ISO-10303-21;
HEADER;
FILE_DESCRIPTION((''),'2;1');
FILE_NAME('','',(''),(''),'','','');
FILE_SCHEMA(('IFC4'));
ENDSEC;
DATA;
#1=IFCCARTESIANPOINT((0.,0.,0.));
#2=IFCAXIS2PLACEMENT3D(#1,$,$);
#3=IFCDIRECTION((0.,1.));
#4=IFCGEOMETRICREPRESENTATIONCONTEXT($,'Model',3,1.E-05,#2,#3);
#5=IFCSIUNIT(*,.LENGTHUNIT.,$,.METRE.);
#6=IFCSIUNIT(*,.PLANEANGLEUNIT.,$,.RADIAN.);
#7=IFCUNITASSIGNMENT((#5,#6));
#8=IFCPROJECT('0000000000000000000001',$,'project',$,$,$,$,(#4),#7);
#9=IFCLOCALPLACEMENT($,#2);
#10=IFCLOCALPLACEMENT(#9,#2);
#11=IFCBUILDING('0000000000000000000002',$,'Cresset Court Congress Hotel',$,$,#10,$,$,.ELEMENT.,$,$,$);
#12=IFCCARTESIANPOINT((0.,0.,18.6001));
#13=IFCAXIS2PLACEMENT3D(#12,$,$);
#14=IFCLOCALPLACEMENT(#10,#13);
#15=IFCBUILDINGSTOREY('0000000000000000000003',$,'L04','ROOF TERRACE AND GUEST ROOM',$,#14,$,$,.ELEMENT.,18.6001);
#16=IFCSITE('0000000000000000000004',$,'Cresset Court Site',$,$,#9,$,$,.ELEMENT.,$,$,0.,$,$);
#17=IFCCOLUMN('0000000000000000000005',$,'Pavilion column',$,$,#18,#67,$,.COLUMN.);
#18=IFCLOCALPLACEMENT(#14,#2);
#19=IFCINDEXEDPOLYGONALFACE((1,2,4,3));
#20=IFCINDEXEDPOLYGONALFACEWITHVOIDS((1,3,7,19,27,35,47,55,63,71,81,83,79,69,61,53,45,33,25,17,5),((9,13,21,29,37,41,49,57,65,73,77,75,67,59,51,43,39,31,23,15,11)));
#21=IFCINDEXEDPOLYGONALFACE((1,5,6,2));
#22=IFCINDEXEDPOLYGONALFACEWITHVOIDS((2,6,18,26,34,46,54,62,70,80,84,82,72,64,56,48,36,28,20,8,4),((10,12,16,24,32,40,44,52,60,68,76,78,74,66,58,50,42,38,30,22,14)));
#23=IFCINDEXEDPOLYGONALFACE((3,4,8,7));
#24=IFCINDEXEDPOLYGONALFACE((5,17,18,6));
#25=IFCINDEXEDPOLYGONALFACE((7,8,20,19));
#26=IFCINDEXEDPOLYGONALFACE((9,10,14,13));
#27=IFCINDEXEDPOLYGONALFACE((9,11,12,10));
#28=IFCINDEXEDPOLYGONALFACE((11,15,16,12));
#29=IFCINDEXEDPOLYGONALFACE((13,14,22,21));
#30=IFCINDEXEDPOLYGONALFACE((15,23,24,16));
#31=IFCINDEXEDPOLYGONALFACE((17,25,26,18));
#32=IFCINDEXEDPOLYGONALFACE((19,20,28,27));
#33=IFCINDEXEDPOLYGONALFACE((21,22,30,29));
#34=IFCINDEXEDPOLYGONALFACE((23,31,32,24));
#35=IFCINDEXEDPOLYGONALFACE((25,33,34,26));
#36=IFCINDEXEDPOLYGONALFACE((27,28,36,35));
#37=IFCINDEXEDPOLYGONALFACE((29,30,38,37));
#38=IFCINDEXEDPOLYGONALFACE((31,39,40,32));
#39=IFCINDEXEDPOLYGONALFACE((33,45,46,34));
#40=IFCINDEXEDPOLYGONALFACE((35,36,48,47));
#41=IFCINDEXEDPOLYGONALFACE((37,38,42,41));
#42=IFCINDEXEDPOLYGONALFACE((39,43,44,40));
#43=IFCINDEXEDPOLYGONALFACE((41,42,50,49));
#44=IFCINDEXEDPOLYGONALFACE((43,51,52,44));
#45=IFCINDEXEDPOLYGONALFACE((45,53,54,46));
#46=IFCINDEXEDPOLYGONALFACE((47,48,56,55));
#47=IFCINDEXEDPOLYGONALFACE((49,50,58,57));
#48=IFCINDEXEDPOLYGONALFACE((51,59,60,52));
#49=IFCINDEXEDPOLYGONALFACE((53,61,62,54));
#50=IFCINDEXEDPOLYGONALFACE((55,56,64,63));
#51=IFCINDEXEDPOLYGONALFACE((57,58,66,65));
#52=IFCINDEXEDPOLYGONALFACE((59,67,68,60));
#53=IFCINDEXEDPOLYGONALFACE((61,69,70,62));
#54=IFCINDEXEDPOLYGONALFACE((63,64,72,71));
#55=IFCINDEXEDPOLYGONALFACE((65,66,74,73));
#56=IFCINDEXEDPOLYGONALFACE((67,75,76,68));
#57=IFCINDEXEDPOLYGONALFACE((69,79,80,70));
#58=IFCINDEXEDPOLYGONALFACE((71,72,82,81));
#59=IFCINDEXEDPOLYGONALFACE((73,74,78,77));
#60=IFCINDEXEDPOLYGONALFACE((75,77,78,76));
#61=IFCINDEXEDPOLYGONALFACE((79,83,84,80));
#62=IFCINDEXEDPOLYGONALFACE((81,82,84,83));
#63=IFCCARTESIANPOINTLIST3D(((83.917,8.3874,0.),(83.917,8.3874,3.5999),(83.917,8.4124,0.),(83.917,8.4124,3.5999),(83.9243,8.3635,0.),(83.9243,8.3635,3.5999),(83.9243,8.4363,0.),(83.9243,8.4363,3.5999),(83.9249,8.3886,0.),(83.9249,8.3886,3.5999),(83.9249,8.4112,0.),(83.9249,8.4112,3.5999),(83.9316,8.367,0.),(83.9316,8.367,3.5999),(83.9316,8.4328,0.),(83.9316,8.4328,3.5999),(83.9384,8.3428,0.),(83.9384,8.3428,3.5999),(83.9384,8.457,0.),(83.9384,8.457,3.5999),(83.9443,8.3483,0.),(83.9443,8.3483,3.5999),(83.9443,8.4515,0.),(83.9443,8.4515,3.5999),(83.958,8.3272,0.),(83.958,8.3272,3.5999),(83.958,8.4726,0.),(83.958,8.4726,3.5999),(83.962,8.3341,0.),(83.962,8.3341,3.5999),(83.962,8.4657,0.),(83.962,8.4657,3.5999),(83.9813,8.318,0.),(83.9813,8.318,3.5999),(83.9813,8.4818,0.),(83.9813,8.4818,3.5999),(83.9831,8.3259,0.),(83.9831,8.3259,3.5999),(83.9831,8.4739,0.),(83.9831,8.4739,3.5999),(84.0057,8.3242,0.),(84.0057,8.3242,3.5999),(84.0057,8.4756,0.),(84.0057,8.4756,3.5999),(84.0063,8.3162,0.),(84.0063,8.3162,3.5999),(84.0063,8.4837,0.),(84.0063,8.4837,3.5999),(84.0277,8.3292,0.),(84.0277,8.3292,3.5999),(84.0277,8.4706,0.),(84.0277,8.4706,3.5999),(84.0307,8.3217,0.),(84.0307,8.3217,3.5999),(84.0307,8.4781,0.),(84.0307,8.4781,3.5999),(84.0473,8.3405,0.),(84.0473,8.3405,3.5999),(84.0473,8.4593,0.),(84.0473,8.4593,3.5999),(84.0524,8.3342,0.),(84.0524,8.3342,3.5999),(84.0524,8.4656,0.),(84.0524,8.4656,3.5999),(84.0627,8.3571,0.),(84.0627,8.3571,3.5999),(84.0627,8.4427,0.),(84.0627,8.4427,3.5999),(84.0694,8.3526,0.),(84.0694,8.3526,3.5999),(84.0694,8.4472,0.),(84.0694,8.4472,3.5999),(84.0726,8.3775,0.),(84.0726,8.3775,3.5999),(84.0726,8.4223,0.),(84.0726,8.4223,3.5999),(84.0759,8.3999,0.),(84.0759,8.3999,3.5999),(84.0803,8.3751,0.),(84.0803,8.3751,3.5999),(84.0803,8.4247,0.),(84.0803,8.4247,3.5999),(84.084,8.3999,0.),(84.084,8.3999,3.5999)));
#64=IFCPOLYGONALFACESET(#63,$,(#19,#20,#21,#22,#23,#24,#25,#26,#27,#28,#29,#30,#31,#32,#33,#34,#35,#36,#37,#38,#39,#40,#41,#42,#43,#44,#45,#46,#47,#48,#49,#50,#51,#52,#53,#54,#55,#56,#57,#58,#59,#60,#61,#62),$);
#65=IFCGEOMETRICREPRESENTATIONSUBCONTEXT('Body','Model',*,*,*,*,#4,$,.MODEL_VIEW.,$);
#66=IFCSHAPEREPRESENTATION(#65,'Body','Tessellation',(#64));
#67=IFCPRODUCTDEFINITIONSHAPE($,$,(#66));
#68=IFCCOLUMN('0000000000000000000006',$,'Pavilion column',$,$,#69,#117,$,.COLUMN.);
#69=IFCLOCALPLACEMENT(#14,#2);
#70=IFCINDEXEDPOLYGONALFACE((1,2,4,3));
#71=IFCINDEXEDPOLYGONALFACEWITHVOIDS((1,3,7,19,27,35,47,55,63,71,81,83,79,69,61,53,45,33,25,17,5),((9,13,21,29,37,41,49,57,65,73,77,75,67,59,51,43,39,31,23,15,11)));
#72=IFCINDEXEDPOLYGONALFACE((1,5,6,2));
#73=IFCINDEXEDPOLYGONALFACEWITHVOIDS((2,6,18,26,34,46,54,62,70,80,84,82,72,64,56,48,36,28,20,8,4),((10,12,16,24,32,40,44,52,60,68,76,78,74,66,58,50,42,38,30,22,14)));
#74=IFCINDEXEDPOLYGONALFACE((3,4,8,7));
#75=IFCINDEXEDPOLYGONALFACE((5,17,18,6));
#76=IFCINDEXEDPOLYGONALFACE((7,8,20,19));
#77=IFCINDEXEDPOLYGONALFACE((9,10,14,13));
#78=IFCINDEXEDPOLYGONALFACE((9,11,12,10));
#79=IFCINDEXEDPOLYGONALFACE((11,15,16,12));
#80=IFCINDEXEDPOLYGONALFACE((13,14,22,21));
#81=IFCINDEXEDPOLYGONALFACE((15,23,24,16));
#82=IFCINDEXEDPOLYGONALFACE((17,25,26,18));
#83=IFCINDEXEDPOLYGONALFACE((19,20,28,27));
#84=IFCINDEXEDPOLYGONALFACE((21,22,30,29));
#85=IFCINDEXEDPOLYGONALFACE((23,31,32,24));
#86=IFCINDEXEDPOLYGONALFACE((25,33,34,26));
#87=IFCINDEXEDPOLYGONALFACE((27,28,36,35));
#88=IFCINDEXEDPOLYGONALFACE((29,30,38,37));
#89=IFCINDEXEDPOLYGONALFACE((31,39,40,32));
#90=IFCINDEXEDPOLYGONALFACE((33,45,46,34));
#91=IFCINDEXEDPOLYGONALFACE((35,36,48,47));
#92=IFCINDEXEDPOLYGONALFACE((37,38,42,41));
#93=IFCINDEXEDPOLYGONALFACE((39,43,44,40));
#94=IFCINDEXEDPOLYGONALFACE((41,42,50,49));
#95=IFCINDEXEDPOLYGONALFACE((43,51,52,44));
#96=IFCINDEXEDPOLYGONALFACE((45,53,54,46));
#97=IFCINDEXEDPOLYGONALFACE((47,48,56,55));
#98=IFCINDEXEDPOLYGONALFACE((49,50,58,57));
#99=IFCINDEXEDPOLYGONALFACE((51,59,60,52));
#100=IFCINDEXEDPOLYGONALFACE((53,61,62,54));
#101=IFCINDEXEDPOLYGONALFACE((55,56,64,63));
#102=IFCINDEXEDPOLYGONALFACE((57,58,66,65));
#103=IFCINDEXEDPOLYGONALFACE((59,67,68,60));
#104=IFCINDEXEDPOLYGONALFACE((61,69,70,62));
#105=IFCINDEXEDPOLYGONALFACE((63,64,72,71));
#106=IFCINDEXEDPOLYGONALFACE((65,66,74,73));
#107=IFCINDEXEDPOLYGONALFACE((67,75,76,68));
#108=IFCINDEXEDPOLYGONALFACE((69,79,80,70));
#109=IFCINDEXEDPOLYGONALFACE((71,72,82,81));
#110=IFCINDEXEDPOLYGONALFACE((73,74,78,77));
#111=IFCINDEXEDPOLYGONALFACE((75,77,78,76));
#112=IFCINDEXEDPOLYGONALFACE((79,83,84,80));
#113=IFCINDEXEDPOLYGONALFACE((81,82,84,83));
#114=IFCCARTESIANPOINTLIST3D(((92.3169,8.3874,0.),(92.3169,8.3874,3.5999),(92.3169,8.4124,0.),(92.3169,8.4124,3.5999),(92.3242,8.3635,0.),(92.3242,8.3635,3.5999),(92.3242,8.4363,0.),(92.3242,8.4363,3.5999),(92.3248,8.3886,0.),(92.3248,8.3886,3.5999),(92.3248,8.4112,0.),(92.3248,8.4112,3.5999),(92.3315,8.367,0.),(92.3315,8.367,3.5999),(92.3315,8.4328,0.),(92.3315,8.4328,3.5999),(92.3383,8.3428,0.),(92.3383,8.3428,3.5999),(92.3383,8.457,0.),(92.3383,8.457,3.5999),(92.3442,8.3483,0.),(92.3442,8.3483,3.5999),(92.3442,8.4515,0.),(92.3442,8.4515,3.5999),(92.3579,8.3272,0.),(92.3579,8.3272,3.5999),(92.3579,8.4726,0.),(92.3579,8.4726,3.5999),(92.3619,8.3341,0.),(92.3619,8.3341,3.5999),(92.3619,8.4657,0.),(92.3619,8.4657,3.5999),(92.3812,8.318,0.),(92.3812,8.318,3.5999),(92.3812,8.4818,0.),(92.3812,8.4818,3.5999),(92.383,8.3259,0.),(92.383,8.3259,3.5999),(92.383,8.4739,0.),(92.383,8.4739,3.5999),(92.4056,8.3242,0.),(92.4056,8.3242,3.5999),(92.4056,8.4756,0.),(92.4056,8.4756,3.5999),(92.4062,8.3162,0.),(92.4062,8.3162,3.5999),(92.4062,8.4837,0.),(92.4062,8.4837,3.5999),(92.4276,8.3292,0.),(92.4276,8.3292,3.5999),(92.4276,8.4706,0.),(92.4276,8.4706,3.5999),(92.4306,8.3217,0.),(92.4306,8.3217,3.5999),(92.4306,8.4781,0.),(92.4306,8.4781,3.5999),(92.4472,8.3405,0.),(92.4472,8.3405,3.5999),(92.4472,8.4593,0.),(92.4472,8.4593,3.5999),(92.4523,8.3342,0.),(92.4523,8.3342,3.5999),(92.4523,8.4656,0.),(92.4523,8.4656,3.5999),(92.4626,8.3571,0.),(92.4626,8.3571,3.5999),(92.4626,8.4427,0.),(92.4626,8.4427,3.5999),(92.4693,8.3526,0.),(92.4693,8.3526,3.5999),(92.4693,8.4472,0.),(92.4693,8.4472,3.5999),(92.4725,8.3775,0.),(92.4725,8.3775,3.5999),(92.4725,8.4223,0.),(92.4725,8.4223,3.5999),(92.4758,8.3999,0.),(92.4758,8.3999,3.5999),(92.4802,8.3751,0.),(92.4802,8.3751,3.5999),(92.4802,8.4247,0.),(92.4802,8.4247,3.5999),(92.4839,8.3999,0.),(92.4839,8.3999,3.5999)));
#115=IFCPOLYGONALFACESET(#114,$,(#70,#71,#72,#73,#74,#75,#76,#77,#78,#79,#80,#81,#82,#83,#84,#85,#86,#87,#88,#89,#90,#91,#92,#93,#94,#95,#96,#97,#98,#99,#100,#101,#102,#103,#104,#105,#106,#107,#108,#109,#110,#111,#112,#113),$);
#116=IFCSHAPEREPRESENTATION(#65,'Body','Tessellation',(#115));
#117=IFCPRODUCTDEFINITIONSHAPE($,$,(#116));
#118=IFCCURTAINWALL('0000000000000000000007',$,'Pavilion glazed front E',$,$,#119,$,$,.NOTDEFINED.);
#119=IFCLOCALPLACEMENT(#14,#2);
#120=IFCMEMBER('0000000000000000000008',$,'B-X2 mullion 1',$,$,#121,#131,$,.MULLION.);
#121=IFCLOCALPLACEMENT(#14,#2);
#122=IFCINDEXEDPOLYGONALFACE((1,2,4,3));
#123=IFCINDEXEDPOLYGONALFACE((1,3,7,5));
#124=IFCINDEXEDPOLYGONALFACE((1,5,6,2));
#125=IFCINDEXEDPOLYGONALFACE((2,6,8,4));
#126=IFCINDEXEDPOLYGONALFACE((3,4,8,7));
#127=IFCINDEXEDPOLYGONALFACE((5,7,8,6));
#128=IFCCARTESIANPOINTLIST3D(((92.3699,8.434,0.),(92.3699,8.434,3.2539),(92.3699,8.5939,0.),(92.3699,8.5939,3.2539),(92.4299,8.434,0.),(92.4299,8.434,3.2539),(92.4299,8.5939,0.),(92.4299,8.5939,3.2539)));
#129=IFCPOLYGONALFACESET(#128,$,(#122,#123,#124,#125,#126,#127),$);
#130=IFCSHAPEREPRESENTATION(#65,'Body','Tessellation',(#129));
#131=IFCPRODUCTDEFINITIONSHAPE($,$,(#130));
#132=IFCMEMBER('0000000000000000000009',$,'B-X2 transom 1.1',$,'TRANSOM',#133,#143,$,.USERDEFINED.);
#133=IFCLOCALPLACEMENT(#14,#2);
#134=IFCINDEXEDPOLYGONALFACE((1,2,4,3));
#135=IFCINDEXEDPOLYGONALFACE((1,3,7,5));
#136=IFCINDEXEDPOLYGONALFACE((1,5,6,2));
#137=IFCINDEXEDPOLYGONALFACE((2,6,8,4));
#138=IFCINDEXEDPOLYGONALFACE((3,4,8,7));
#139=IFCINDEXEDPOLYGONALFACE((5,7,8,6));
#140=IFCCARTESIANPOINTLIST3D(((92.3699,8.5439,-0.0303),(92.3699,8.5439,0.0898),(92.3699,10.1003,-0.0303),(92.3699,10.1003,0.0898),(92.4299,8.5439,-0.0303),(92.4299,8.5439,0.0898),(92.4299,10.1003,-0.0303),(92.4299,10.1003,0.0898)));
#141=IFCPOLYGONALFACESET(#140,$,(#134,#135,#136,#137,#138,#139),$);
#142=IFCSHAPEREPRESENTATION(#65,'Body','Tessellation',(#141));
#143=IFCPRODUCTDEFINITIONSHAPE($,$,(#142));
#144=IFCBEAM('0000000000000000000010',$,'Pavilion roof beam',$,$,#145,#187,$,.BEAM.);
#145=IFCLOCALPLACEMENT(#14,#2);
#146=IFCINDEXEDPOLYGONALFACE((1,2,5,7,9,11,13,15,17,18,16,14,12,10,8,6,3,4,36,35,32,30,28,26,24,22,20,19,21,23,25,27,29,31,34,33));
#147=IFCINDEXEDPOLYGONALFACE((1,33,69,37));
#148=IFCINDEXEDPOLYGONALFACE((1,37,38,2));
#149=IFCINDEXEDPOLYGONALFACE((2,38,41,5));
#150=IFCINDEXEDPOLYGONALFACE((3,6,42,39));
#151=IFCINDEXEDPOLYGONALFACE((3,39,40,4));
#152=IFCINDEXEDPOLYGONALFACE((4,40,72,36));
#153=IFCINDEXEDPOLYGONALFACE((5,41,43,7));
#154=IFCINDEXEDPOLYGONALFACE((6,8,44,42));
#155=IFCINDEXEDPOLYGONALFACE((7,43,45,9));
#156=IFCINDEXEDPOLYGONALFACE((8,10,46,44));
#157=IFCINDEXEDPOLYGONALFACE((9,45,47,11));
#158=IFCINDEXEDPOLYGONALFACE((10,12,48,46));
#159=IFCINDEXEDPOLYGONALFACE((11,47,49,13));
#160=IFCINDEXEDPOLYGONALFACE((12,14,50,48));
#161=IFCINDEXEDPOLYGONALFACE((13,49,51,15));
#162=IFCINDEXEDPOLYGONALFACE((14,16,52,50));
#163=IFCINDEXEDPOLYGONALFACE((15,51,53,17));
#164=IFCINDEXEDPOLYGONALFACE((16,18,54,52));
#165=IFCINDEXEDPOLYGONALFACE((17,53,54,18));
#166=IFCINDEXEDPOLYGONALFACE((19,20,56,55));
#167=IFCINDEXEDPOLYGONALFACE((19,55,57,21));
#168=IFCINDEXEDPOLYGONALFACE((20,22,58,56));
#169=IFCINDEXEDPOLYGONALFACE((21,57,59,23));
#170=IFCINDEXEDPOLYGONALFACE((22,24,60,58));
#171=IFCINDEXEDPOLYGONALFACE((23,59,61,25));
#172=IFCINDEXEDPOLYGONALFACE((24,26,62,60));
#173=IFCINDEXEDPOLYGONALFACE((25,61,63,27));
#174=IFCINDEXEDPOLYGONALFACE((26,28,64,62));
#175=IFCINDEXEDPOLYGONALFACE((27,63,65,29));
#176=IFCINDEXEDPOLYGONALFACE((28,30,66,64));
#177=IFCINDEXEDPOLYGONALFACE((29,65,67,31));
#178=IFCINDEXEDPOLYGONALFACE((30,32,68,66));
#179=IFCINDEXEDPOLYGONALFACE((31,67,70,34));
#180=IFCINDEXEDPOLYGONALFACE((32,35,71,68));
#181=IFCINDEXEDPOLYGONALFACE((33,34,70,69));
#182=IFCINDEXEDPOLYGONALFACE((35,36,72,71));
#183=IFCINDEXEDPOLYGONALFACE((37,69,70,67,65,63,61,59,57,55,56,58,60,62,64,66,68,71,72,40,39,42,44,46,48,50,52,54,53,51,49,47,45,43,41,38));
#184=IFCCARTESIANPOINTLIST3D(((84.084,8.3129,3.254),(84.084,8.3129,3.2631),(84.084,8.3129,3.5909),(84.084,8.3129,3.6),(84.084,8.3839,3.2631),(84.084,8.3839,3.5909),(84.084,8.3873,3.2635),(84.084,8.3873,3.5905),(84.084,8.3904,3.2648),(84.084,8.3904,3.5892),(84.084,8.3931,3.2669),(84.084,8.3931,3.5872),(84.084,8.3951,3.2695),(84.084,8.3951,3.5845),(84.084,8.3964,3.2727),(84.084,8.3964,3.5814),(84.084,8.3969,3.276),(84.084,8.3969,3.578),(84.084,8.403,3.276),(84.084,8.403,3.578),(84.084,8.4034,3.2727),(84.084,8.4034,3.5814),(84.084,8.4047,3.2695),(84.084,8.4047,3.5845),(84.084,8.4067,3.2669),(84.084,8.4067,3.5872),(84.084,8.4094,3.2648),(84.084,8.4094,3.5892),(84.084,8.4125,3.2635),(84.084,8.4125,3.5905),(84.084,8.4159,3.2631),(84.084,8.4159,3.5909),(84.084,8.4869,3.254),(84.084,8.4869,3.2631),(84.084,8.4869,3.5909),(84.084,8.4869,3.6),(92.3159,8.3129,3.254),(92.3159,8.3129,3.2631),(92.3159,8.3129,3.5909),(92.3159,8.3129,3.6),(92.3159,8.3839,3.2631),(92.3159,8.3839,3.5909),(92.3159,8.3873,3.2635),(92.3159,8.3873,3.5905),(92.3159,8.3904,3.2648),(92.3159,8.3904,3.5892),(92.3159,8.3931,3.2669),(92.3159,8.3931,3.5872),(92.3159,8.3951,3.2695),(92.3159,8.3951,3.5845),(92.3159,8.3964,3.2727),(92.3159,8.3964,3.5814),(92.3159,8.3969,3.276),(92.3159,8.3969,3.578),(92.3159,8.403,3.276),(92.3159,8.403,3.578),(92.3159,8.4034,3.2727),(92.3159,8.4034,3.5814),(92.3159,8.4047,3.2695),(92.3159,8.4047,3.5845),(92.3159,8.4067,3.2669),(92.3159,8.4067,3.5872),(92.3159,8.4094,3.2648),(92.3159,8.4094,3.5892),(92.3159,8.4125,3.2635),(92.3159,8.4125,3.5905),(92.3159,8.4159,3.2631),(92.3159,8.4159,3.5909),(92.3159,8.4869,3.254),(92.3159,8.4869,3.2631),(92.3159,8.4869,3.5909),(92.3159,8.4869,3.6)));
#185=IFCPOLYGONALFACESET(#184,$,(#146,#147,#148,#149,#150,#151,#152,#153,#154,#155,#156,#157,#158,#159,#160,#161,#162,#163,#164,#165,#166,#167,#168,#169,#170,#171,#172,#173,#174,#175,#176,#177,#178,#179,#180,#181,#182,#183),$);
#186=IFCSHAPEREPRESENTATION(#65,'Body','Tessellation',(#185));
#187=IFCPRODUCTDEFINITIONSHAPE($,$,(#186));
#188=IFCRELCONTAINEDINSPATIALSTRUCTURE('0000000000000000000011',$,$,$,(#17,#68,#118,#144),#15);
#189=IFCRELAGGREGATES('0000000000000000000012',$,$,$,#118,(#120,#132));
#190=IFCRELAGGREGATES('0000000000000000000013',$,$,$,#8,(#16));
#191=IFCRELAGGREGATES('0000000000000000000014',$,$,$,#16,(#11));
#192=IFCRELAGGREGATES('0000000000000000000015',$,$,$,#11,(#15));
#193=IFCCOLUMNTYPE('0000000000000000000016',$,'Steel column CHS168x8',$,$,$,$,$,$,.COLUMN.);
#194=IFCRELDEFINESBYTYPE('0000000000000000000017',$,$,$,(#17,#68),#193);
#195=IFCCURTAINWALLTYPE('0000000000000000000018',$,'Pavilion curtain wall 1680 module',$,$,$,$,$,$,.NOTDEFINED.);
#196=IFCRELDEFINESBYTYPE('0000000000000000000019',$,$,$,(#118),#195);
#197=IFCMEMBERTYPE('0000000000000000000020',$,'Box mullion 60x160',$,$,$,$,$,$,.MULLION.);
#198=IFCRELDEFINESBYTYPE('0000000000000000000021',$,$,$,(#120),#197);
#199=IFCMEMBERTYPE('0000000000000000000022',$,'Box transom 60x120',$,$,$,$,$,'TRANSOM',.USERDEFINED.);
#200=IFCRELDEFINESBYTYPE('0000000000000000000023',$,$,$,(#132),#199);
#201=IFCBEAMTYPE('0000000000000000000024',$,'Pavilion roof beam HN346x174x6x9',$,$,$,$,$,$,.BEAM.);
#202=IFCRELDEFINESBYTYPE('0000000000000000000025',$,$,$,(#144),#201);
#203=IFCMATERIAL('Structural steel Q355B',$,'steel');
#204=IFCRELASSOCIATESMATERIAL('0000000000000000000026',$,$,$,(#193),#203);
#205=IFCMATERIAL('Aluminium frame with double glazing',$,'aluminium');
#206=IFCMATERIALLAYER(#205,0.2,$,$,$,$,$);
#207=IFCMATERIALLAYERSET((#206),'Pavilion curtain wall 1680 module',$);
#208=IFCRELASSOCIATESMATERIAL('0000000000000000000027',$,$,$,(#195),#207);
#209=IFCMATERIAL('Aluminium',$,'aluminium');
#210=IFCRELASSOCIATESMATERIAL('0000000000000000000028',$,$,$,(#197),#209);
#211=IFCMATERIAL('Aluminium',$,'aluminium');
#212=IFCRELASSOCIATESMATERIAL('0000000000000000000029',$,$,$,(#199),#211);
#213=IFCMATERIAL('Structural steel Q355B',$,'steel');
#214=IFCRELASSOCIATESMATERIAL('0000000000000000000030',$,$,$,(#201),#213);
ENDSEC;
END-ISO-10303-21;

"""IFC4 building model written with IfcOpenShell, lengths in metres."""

from ifc_helpers import new_model, si_unit, direction, frame, origin, origin_2d, place, context, subcontext, project, spatial, rectangle, hollow_circle, i_section, extrude, material, layer, layer_set, material_profile, profile_set, type_object, element, aggregate, save


model = new_model("IFC4")

# Units and contexts
model_context = context("Model", 3, precision=1e-05, world=origin(), true_north=direction((0.0, 1.0)))
body_context = subcontext(model_context, "Body", "Model", "MODEL_VIEW")
ifc_project = project(units=[si_unit("LENGTHUNIT", "METRE"), si_unit("PLANEANGLEUNIT", "RADIAN")], contexts=[model_context])

# Site, building, storey
site_placement = place(None, origin())
site = spatial("IfcSite", under=ifc_project, at=site_placement, Name="Cresset Court Site", CompositionType="ELEMENT", RefElevation=0.0)
building_placement = place(site_placement, origin())
building = spatial("IfcBuilding", under=site, at=building_placement, Name="Cresset Court Congress Hotel", CompositionType="ELEMENT")
storey_placement = place(building_placement, frame((0.0, 0.0, 18.6001)))
storey = spatial("IfcBuildingStorey", under=building, at=storey_placement, Name="L04", Description="ROOF TERRACE AND GUEST ROOM", CompositionType="ELEMENT", Elevation=18.6001)

# Columns
ifc_material_1 = material(Name="Structural steel Q355B", Category="steel")
ifc_material_profile_1 = material_profile(ifc_material_1, hollow_circle(Radius=0.084, WallThickness=0.0081, at=origin_2d()), Name="CHS168x8")
ifc_profile_set_1 = profile_set([ifc_material_profile_1], Name="Structural steel Q355B")
column_type = type_object("IfcColumnType", Name="Steel column CHS168x8", PredefinedType="COLUMN", material=ifc_profile_set_1)
for number, where, z_axis, x_axis, name in (
    (1, (84.0, 8.3999, 0.0), (0.0, 0.0, 1.0), (1.0, 0.0, 0.0), "Pavilion column"),
    (2, (92.3999, 8.3999, 0.0), (0.0, 0.0, 1.0), (1.0, 0.0, 0.0), "Pavilion column"),
):
    element("IfcColumn", number, at=place(storey_placement, frame(where, z_axis=z_axis, x_axis=x_axis)), inside=storey, type_object=column_type, Name=name, PredefinedType="COLUMN", context=body_context, shape_type="SweptSolid", body=[
        extrude(hollow_circle(Radius=0.084, WallThickness=0.0081, at=origin_2d()), origin(), (0.0, 0.0, 1.0), 3.5999),
    ])

# Curtain wall, members
ifc_material_2 = material(Name="Aluminium frame with double glazing", Category="aluminium")
ifc_layer_1 = layer(ifc_material_2, 0.2)
ifc_layer_set_1 = layer_set([ifc_layer_1], Name="Pavilion curtain wall 1680 module")
curtain_wall_type = type_object("IfcCurtainWallType", Name="Pavilion curtain wall 1680 module", PredefinedType="NOTDEFINED", material=ifc_layer_set_1)
curtain_wall_placement = place(storey_placement, origin())
curtain_wall = element("IfcCurtainWall", 3, at=curtain_wall_placement, inside=storey, type_object=curtain_wall_type, Name="Pavilion glazed front E", PredefinedType="NOTDEFINED")
ifc_material_3 = material(Name="Aluminium", Category="aluminium")
ifc_material_profile_2 = material_profile(ifc_material_3, rectangle(XDim=0.0601, YDim=0.1599, at=origin_2d()), Name="Box mullion 60x160")
ifc_profile_set_2 = profile_set([ifc_material_profile_2], Name="Aluminium")
member_type_1 = type_object("IfcMemberType", Name="Box mullion 60x160", PredefinedType="MULLION", material=ifc_profile_set_2)
member_1_placement = place(storey_placement, frame((92.3999, 8.5139, 0.0), z_axis=(0.0, 0.0, 1.0), x_axis=(-1.0, 0.0, 0.0)))
member_1 = element("IfcMember", 4, at=member_1_placement, type_object=member_type_1, Name="B-X2 mullion 1", PredefinedType="MULLION", context=body_context, shape_type="SweptSolid", body=[
    extrude(rectangle(XDim=0.0601, YDim=0.1599, at=origin_2d()), origin(), (0.0, 0.0, 1.0), 3.2539),
])
ifc_material_4 = material(Name="Aluminium", Category="aluminium")
ifc_material_profile_3 = material_profile(ifc_material_4, rectangle(XDim=0.0601, YDim=0.1201, at=origin_2d()), Name="Box transom 60x120")
ifc_profile_set_3 = profile_set([ifc_material_profile_3], Name="Aluminium")
member_type_2 = type_object("IfcMemberType", Name="Box transom 60x120", ElementType="TRANSOM", PredefinedType="USERDEFINED", material=ifc_profile_set_3)
member_2_placement = place(storey_placement, frame((92.3999, 8.5439, 0.0298), z_axis=(0.0, 1.0, 0.0), x_axis=(-1.0, 0.0, 0.0)))
member_2 = element("IfcMember", 5, at=member_2_placement, type_object=member_type_2, Name="B-X2 transom 1.1", ObjectType="TRANSOM", PredefinedType="USERDEFINED", context=body_context, shape_type="SweptSolid", body=[
    extrude(rectangle(XDim=0.0601, YDim=0.1201, at=origin_2d()), origin(), (0.0, 0.0, 1.0), 1.5564),
])
aggregate(curtain_wall, [member_1, member_2])

# Beam
ifc_material_5 = material(Name="Structural steel Q355B", Category="steel")
ifc_material_profile_4 = material_profile(ifc_material_5, i_section(OverallWidth=0.1741, OverallDepth=0.3459, WebThickness=0.0061, FlangeThickness=0.009, FilletRadius=0.0129, at=origin_2d()), Name="HN346x174x6x9")
ifc_profile_set_4 = profile_set([ifc_material_profile_4], Name="Structural steel Q355B")
beam_type_1 = type_object("IfcBeamType", Name="Pavilion roof beam HN346x174x6x9", PredefinedType="BEAM", material=ifc_profile_set_4)
beam_1_placement = place(storey_placement, frame((84.084, 8.3999, 3.427), z_axis=(1.0, 0.0, 0.0), x_axis=(0.0, 1.0, 0.0)))
element("IfcBeam", 6, at=beam_1_placement, inside=storey, type_object=beam_type_1, Name="Pavilion roof beam", PredefinedType="BEAM", context=body_context, shape_type="SweptSolid", body=[
    extrude(i_section(OverallWidth=0.1741, OverallDepth=0.3459, WebThickness=0.0061, FlangeThickness=0.009, FilletRadius=0.0129, at=origin_2d()), origin(), (0.0, 0.0, 1.0), 8.2319),
])

save(model, "model.ifc")
